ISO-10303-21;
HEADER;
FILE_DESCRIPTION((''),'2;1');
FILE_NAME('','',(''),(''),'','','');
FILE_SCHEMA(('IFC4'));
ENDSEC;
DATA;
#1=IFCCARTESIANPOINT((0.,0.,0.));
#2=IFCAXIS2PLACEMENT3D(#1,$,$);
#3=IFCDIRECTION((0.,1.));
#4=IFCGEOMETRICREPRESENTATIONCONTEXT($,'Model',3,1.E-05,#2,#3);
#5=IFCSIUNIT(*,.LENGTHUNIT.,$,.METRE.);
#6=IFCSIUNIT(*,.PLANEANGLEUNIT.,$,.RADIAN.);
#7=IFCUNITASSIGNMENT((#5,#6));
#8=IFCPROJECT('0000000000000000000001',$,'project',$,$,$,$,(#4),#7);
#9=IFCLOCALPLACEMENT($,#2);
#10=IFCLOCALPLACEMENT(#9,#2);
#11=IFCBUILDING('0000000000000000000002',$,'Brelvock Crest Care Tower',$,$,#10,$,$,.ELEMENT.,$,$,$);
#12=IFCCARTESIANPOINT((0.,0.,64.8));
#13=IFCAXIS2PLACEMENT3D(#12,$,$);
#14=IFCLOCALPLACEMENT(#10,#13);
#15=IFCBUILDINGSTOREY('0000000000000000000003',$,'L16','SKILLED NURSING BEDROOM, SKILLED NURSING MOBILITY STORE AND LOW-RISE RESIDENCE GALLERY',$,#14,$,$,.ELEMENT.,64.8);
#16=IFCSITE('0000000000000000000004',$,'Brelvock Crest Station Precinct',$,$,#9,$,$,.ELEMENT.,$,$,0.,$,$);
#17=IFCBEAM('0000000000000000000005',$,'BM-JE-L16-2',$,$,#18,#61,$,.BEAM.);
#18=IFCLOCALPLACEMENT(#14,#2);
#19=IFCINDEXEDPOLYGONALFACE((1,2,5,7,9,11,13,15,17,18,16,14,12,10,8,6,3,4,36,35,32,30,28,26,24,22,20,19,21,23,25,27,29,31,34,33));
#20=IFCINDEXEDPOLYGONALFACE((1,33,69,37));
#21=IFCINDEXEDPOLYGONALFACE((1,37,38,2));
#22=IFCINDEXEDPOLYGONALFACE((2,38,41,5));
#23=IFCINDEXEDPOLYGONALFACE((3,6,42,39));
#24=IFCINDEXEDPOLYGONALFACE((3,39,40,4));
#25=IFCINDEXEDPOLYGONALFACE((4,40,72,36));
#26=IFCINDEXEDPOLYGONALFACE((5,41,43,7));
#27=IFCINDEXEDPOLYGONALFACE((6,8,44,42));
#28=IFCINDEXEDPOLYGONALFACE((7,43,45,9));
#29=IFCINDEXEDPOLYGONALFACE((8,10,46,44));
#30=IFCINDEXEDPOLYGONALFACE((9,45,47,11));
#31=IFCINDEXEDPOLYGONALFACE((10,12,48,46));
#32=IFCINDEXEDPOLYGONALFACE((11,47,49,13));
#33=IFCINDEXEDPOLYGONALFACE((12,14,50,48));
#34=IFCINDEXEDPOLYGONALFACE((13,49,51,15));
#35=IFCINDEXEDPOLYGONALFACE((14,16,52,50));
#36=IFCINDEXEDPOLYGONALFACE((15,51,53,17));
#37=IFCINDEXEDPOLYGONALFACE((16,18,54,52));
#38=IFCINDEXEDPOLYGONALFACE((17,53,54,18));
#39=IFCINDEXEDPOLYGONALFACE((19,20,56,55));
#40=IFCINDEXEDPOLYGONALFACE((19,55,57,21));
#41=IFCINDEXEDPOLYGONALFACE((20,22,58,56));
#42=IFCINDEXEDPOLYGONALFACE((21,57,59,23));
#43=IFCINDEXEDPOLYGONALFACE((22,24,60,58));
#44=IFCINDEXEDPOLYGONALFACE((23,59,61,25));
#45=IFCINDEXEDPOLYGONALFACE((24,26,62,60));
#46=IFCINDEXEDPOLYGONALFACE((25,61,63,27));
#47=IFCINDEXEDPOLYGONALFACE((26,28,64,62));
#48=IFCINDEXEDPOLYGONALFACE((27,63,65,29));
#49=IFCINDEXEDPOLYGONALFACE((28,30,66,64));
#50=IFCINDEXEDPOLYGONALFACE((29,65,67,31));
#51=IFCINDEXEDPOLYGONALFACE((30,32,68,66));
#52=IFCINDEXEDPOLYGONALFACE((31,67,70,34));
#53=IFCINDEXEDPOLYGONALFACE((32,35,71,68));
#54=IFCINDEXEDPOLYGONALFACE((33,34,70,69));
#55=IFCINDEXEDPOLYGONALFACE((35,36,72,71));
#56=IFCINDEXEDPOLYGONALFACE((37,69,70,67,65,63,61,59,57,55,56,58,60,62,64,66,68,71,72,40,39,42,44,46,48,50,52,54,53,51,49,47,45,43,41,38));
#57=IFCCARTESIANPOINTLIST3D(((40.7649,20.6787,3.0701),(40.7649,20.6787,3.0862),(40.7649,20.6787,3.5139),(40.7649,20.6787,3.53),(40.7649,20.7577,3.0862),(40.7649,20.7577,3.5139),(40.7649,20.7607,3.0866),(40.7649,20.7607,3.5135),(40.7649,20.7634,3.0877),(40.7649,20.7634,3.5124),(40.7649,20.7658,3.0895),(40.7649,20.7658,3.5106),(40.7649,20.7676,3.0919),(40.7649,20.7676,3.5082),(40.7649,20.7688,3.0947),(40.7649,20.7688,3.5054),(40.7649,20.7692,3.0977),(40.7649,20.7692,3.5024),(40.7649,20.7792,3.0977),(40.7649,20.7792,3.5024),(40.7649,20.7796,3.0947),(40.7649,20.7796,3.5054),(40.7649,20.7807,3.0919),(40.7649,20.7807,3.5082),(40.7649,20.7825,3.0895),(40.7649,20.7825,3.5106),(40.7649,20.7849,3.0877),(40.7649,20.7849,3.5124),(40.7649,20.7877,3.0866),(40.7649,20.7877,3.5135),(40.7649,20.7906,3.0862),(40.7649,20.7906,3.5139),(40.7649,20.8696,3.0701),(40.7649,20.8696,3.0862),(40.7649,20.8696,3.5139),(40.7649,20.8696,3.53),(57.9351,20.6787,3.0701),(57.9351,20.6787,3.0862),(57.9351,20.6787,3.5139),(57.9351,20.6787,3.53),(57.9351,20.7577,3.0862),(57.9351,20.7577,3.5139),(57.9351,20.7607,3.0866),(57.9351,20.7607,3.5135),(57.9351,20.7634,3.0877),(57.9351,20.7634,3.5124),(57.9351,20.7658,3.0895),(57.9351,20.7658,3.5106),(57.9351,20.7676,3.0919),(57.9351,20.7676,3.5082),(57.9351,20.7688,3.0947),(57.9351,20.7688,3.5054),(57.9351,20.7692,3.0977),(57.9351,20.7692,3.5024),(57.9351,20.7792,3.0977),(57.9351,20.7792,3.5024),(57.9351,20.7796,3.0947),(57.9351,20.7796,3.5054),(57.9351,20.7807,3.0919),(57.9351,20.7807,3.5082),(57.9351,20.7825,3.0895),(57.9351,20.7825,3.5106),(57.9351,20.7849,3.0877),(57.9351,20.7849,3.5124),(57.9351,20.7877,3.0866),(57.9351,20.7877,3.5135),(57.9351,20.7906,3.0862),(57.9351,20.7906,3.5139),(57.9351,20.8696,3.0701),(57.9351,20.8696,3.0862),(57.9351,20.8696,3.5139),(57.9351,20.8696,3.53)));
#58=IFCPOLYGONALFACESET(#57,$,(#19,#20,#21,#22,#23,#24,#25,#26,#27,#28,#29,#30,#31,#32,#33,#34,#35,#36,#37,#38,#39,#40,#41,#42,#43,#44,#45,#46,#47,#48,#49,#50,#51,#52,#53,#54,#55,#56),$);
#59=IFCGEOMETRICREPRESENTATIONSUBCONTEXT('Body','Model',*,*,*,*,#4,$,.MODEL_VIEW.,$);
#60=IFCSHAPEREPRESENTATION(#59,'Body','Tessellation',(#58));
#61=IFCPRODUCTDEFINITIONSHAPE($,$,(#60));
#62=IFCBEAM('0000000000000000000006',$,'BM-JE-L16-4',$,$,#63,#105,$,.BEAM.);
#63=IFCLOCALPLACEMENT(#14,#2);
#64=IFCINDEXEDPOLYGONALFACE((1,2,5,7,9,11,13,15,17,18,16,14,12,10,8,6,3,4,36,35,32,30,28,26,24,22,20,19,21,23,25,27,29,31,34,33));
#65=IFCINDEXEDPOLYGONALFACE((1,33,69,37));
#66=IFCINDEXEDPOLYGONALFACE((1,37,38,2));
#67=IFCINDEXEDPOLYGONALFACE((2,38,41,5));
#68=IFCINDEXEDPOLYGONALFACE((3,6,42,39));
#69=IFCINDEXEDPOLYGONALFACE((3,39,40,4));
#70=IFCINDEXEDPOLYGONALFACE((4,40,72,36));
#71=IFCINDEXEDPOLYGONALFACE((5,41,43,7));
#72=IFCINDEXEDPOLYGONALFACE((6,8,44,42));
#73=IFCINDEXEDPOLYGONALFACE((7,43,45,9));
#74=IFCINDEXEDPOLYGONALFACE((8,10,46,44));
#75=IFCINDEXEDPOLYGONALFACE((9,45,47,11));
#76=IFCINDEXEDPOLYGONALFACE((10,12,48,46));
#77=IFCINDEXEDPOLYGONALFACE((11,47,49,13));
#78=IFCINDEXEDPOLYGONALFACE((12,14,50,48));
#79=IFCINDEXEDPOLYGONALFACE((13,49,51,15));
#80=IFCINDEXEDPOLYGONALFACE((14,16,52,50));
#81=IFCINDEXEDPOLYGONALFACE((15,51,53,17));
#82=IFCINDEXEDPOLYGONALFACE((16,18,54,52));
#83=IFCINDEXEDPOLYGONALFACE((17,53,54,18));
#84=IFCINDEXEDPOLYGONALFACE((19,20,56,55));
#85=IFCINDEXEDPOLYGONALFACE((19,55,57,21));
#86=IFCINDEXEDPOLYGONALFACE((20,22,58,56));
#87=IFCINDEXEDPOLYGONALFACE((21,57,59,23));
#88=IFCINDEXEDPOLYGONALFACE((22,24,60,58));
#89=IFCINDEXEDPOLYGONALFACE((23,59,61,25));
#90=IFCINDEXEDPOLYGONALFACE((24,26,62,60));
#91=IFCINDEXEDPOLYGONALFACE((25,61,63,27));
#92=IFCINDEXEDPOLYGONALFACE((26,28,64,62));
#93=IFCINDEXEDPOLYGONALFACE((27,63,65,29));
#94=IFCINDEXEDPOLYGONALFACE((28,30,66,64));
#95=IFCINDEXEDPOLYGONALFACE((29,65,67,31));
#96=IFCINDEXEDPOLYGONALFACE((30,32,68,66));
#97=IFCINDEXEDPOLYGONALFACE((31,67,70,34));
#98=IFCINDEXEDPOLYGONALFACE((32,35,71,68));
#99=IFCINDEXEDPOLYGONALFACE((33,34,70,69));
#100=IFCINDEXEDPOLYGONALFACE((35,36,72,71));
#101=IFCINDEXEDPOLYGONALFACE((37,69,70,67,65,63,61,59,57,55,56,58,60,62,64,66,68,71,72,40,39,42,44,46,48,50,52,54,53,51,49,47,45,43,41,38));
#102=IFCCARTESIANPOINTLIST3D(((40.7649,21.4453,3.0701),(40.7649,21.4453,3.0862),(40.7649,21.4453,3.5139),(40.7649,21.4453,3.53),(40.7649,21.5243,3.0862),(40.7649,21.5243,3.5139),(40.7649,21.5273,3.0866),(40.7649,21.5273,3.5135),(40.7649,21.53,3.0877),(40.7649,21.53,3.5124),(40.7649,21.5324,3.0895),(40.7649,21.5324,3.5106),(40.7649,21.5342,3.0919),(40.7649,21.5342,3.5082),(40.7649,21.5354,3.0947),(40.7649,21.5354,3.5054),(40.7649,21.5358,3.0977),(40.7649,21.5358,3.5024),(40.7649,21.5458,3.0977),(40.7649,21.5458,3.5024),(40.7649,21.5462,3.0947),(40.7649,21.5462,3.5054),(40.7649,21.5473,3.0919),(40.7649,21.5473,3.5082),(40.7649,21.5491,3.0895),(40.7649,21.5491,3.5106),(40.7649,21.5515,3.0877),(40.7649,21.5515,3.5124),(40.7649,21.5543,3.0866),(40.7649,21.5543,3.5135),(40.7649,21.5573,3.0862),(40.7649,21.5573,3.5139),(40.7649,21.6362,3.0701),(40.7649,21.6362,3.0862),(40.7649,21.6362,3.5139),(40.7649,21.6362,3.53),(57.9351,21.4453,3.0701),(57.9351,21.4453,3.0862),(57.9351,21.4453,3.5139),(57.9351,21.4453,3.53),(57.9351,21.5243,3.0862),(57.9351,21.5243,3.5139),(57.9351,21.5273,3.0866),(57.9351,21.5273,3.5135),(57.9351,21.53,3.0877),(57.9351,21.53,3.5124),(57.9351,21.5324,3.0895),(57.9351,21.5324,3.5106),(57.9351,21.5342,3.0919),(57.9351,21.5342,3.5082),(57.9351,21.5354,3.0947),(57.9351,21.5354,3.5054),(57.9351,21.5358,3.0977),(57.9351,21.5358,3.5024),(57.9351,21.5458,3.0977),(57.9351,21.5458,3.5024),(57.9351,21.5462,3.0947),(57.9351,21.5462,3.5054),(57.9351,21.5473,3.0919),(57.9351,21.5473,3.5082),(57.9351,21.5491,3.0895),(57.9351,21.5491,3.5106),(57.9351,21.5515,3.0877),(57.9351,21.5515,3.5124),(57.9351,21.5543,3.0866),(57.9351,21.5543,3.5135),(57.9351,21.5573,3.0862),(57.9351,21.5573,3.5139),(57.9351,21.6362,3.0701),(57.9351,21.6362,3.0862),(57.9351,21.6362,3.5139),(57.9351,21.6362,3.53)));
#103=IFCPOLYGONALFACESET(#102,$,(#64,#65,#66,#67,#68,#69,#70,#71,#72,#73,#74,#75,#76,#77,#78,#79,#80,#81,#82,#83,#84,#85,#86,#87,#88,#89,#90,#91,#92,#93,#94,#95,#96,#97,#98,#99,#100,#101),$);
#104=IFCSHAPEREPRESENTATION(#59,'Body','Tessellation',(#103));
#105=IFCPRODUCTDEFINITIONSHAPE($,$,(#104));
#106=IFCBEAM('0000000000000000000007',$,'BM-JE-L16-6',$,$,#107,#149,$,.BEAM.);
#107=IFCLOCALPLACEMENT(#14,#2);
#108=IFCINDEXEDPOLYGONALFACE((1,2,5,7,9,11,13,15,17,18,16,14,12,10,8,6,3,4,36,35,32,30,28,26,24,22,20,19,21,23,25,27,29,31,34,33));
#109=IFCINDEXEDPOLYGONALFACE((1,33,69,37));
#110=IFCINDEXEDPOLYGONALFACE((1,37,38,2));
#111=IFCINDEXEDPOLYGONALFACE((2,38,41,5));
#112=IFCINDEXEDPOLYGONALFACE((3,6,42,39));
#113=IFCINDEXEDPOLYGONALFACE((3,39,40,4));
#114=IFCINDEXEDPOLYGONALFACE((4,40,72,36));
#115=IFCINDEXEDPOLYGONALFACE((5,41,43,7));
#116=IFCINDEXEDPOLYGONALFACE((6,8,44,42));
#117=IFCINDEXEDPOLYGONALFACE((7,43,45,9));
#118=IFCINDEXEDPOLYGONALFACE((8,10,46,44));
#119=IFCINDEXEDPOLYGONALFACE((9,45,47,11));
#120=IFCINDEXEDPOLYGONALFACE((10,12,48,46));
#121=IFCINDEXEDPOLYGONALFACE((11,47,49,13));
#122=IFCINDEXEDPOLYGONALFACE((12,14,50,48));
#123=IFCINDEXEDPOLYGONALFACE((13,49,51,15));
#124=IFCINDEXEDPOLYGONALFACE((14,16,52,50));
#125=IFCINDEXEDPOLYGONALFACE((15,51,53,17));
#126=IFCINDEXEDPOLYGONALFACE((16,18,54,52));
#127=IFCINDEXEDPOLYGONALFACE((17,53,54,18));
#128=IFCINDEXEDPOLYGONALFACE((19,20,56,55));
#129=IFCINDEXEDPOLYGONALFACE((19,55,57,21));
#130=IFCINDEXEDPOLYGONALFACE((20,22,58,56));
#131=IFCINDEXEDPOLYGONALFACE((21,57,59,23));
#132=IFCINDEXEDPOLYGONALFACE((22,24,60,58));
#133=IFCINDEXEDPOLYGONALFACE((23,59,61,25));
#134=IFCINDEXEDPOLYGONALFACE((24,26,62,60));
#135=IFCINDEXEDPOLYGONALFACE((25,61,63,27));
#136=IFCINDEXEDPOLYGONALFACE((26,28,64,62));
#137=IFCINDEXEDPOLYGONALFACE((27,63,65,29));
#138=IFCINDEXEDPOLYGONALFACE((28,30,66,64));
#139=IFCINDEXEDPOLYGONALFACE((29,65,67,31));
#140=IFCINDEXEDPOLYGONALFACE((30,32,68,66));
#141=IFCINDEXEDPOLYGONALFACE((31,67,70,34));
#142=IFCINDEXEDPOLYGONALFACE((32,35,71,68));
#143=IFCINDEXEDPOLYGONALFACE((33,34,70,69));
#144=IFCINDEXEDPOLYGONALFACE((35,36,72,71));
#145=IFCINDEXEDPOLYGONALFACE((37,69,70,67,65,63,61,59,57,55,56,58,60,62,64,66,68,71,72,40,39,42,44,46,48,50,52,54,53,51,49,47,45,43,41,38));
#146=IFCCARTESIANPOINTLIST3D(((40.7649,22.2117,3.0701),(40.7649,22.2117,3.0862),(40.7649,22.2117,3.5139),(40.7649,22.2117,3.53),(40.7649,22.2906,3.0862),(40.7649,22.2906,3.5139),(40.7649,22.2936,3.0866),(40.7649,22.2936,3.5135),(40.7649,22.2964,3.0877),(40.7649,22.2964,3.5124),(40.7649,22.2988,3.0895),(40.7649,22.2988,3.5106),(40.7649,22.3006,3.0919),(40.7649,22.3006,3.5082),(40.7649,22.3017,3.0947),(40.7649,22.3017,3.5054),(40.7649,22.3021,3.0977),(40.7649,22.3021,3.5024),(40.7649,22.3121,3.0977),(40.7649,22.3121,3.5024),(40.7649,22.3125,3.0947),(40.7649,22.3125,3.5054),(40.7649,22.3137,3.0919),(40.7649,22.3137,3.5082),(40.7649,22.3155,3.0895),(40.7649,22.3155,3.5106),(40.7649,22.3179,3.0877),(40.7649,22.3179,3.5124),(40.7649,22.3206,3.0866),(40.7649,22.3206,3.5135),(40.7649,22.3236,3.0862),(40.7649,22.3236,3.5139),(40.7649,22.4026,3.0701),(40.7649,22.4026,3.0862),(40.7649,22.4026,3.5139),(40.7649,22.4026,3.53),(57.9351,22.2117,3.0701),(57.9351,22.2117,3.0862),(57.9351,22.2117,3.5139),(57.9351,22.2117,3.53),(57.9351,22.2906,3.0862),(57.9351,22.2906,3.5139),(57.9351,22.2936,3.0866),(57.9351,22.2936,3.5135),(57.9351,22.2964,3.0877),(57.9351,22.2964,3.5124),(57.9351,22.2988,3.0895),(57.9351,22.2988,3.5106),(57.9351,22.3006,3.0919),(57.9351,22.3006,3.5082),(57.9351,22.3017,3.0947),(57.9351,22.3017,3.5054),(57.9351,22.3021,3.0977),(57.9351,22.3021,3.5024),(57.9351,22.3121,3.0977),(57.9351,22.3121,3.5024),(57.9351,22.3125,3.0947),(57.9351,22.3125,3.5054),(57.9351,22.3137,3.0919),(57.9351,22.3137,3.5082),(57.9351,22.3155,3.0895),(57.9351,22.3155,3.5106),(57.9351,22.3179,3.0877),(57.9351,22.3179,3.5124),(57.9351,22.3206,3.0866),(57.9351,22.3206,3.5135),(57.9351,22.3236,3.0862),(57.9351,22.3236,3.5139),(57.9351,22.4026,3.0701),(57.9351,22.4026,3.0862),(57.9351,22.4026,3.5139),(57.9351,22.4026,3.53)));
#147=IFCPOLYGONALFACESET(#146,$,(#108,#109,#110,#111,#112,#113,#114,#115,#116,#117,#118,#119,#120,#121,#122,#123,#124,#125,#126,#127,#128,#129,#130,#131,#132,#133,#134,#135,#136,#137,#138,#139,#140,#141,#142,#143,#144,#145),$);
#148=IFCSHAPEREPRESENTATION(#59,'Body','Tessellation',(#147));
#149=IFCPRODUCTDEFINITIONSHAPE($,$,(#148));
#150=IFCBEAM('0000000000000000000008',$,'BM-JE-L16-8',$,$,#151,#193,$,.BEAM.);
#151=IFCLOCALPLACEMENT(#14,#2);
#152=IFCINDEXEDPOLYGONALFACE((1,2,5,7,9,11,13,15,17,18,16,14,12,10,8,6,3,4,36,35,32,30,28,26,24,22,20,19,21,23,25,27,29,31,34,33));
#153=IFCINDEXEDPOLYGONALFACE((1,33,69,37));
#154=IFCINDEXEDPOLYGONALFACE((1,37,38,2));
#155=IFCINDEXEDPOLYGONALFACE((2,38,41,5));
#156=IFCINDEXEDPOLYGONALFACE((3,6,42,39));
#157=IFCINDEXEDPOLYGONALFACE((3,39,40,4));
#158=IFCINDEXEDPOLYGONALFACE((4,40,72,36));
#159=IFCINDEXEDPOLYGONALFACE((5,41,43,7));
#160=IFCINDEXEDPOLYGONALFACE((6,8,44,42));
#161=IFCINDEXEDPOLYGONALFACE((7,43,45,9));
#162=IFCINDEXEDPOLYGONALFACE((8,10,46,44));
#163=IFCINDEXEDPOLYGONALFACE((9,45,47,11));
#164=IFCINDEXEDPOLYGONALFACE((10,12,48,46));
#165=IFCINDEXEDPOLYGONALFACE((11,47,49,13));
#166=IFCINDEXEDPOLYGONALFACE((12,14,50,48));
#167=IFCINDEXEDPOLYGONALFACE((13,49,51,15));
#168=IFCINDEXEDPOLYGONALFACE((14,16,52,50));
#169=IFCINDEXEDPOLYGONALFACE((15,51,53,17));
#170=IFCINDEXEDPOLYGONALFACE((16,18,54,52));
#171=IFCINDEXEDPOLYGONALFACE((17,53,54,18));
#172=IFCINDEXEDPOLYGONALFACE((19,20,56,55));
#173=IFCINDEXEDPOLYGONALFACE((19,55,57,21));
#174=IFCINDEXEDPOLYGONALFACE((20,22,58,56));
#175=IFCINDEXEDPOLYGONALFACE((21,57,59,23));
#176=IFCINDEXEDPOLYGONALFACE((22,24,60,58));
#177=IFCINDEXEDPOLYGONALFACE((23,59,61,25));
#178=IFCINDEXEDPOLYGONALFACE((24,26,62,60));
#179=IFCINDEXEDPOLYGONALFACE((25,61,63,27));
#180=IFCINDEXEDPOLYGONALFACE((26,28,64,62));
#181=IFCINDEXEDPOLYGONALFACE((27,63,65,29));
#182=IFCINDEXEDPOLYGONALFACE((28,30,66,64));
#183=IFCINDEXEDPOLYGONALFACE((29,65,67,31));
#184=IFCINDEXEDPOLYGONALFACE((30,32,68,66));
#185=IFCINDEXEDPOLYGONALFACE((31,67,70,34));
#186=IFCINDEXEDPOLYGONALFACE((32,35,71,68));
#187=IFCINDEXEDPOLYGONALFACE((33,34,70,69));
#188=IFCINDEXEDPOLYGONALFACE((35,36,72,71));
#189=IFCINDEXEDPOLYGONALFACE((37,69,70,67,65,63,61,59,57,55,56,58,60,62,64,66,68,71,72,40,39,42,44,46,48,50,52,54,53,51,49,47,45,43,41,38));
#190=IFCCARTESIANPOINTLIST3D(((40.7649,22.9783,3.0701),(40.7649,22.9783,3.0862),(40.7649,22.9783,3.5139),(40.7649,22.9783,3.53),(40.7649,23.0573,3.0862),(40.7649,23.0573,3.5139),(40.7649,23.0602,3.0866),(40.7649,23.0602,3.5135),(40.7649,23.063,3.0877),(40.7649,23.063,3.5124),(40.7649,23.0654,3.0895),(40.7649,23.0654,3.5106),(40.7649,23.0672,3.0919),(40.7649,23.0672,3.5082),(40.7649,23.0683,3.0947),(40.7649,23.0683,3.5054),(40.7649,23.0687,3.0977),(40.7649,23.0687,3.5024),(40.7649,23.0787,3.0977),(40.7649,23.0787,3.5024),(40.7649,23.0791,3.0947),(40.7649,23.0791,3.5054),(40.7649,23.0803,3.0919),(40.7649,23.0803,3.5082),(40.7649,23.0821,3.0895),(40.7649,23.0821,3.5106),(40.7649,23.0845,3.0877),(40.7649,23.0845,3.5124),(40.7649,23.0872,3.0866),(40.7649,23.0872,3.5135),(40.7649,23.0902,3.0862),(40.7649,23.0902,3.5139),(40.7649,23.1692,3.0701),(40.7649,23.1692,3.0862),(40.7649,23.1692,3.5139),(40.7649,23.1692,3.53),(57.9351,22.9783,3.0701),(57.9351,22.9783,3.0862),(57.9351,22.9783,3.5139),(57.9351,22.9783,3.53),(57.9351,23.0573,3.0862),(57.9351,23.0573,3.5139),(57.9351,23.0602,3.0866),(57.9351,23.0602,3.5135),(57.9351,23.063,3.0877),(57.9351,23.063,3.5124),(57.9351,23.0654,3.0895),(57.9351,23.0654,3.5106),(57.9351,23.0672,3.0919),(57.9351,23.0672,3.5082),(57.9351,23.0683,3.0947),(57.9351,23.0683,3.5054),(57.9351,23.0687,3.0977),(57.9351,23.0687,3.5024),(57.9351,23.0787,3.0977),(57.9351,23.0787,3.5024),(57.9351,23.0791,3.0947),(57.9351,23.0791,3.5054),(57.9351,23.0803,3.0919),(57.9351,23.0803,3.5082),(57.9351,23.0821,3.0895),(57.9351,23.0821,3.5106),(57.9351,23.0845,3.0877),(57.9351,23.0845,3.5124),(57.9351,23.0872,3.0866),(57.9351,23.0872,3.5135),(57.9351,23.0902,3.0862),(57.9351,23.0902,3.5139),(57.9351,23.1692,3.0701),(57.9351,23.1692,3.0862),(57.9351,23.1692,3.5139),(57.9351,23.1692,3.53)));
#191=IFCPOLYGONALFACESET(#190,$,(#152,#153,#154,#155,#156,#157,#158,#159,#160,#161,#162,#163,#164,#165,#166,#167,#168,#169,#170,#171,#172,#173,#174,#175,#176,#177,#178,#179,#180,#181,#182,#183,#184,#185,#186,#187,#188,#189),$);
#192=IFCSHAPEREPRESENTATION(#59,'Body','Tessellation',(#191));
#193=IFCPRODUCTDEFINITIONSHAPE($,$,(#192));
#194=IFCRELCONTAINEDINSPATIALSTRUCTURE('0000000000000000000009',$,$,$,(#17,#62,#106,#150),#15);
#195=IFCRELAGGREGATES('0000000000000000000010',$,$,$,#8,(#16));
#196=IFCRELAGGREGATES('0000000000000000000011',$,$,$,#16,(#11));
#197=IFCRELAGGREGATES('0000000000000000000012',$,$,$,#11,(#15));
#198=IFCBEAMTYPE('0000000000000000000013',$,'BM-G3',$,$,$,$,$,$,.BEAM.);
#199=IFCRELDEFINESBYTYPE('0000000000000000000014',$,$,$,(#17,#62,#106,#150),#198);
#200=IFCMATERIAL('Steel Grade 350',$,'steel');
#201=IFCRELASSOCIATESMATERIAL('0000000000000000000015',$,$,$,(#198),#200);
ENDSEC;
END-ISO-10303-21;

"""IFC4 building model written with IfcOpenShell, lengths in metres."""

from ifc_helpers import new_model, si_unit, direction, frame, origin, origin_2d, place, context, subcontext, project, spatial, i_section, extrude, source, transform, mapped, material, material_profile, profile_set, type_object, element, save


model = new_model("IFC4")

# Units and contexts
model_context = context("Model", 3, precision=1e-05, world=origin(), true_north=direction((0.0, 1.0)))
body_context = subcontext(model_context, "Body", "Model", "MODEL_VIEW")
ifc_project = project(units=[si_unit("LENGTHUNIT", "METRE"), si_unit("PLANEANGLEUNIT", "RADIAN")], contexts=[model_context])

# Site, building, storey
site_placement = place(None, origin())
site = spatial("IfcSite", under=ifc_project, at=site_placement, Name="Brelvock Crest Station Precinct", CompositionType="ELEMENT", RefElevation=0.0)
building_placement = place(site_placement, origin())
building = spatial("IfcBuilding", under=site, at=building_placement, Name="Brelvock Crest Care Tower", CompositionType="ELEMENT")
storey_placement = place(building_placement, frame((0.0, 0.0, 64.8)))
storey = spatial("IfcBuildingStorey", under=building, at=storey_placement, Name="L16", Description="SKILLED NURSING BEDROOM, SKILLED NURSING MOBILITY STORE AND LOW-RISE RESIDENCE GALLERY", CompositionType="ELEMENT", Elevation=64.8)

# Beams
ifc_material_1 = material(Name="Steel Grade 350", Category="steel")
ifc_material_profile_1 = material_profile(ifc_material_1, i_section(OverallWidth=0.1909, OverallDepth=0.46, WebThickness=0.01, FlangeThickness=0.0161, FilletRadius=0.0115, at=origin_2d()), Name="460UB82.1")
ifc_profile_set_1 = profile_set([ifc_material_profile_1], Name="Steel Grade 350")
beam_type_1 = type_object("IfcBeamType", Name="BM-G3", PredefinedType="BEAM", material=ifc_profile_set_1)
shared_shape_1 = source(origin(), body_context, "Body", "SweptSolid", [
    extrude(i_section(OverallWidth=0.1909, OverallDepth=0.46, WebThickness=0.01, FlangeThickness=0.0161, FilletRadius=0.0115, at=origin_2d()), origin(), (0.0, 0.0, 1.0), 17.1702),
])
for number, where, z_axis, x_axis, name in (
    (1, (40.7649, 20.7742, 3.3), (1.0, 0.0, 0.0), (0.0, 1.0, 0.0), "BM-JE-L16-2"),
    (2, (40.7649, 21.5408, 3.3), (1.0, 0.0, 0.0), (0.0, 1.0, 0.0), "BM-JE-L16-4"),
    (3, (40.7649, 22.3071, 3.3), (1.0, 0.0, 0.0), (0.0, 1.0, 0.0), "BM-JE-L16-6"),
    (4, (40.7649, 23.0737, 3.3), (1.0, 0.0, 0.0), (0.0, 1.0, 0.0), "BM-JE-L16-8"),
):
    element("IfcBeam", number, at=place(storey_placement, frame(where, z_axis=z_axis, x_axis=x_axis)), inside=storey, type_object=beam_type_1, Name=name, PredefinedType="BEAM", context=body_context, shape_type="MappedRepresentation", body=[
        mapped(shared_shape_1, transform((0.0, 0.0, 0.0), x_axis=(1.0, 0.0, 0.0), y_axis=(0.0, 1.0, 0.0), z_axis=(0.0, 0.0, 1.0), scale=1.0)),
    ])

save(model, "model.ifc")
